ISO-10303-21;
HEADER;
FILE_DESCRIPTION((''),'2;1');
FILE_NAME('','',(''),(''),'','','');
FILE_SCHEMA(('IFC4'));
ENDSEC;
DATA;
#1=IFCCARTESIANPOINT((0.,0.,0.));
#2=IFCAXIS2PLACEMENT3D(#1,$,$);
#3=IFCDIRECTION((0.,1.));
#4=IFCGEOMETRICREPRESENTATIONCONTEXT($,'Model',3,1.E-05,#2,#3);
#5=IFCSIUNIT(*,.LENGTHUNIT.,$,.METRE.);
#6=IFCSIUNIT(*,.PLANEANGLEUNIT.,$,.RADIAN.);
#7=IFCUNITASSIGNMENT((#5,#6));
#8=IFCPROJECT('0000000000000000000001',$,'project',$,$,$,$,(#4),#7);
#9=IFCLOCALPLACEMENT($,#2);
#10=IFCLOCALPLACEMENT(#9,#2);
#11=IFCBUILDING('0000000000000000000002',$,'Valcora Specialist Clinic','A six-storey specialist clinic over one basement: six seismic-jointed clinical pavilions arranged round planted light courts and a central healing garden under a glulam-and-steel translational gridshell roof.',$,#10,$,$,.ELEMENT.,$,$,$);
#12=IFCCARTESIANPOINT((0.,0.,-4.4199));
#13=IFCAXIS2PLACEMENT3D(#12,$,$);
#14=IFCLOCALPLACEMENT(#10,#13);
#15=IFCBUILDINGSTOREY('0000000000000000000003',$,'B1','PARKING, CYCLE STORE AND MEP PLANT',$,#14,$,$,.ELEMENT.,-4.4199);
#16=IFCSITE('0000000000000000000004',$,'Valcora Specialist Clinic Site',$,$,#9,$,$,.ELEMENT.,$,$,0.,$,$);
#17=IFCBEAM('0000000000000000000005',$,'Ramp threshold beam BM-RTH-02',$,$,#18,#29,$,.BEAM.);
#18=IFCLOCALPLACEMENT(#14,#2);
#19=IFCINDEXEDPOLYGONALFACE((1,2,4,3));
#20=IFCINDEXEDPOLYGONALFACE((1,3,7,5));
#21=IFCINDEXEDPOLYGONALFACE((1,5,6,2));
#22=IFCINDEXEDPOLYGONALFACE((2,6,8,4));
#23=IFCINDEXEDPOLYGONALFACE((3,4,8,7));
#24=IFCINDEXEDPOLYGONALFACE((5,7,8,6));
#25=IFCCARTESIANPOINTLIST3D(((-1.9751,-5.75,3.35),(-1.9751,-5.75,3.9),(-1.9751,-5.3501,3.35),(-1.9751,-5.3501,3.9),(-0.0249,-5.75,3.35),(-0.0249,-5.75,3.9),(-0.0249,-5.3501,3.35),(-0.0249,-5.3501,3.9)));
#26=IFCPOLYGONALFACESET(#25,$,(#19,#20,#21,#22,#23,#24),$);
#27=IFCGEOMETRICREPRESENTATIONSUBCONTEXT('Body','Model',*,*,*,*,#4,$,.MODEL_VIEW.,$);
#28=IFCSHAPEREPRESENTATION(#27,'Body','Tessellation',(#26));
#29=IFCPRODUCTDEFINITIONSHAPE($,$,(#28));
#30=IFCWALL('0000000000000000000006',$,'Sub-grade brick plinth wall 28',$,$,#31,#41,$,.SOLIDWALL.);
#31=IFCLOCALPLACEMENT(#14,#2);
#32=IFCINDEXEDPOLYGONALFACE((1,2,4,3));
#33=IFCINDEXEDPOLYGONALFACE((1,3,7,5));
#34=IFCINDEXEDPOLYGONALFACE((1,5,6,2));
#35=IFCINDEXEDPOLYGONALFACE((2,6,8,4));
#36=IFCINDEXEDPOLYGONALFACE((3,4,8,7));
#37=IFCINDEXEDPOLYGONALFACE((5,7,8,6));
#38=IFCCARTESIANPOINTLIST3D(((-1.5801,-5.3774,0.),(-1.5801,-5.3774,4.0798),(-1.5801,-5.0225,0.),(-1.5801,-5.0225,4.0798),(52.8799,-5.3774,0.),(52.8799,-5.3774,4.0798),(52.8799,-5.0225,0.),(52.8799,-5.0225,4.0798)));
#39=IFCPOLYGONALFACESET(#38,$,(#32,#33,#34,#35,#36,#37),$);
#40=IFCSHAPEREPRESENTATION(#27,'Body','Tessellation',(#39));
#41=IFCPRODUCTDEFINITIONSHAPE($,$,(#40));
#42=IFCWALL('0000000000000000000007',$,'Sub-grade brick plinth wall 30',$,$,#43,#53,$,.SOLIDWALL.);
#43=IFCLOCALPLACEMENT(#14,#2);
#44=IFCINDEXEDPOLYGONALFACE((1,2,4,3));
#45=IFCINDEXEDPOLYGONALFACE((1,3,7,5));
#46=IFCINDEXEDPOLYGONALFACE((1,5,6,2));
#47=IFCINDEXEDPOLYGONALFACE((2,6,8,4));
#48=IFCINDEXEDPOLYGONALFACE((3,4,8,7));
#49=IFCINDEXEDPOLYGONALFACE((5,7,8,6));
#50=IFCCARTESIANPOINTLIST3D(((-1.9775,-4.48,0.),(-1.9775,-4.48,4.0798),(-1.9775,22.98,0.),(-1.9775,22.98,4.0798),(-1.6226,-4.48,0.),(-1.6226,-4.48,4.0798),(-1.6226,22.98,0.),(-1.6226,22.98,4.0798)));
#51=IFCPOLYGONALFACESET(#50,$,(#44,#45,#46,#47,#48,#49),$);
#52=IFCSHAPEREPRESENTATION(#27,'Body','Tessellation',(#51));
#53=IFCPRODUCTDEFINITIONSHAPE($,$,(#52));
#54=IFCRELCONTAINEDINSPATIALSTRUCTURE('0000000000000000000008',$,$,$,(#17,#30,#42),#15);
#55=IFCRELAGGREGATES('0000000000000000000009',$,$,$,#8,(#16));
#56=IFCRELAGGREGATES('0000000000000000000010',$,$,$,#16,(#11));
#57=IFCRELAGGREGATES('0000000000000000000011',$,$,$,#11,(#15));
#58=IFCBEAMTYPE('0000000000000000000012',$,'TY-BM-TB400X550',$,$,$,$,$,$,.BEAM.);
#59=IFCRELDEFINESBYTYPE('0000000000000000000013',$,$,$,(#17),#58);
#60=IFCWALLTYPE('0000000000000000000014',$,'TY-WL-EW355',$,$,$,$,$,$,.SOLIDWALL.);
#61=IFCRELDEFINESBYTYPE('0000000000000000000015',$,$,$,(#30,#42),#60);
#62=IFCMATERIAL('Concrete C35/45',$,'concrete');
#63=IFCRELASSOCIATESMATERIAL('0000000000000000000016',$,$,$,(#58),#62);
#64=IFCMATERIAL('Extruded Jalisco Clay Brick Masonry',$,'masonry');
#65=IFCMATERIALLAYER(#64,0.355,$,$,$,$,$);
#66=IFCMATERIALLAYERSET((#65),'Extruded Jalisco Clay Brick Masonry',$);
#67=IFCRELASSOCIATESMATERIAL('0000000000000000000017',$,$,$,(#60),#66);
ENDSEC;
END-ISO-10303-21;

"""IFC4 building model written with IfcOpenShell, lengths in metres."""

from ifc_helpers import new_model, si_unit, direction, frame, frame_2d, origin, origin_2d, place, context, subcontext, project, spatial, rectangle, extrude, material, layer, layer_set, material_profile, profile_set, type_object, element, save


model = new_model("IFC4")

# Units and contexts
model_context = context("Model", 3, precision=1e-05, world=origin(), true_north=direction((0.0, 1.0)))
body_context = subcontext(model_context, "Body", "Model", "MODEL_VIEW")
ifc_project = project(units=[si_unit("LENGTHUNIT", "METRE"), si_unit("PLANEANGLEUNIT", "RADIAN")], contexts=[model_context])

# Site, building, storey
site_placement = place(None, origin())
site = spatial("IfcSite", under=ifc_project, at=site_placement, Name="Valcora Specialist Clinic Site", CompositionType="ELEMENT", RefElevation=0.0)
building_placement = place(site_placement, origin())
building = spatial("IfcBuilding", under=site, at=building_placement, Name="Valcora Specialist Clinic", Description="A six-storey specialist clinic over one basement: six seismic-jointed clinical pavilions arranged round planted light courts and a central healing garden under a glulam-and-steel translational gridshell roof.", CompositionType="ELEMENT")
storey_placement = place(building_placement, frame((0.0, 0.0, -4.4199)))
storey = spatial("IfcBuildingStorey", under=building, at=storey_placement, Name="B1", Description="PARKING, CYCLE STORE AND MEP PLANT", CompositionType="ELEMENT", Elevation=-4.4199)

# Shared definitions
ifc_material_1 = material(Name="Concrete C35/45", Category="concrete")

# Beam
ifc_material_profile_1 = material_profile(ifc_material_1, rectangle(XDim=0.3999, YDim=0.55, at=origin_2d()), Name="RC-TB-400X550")
ifc_profile_set_1 = profile_set([ifc_material_profile_1], Name="Concrete C35/45")
beam_type = type_object("IfcBeamType", Name="TY-BM-TB400X550", PredefinedType="BEAM", material=ifc_profile_set_1)
beam_placement = place(storey_placement, frame((-1.9751, -5.55, 3.625), z_axis=(1.0, 0.0, 0.0), x_axis=(0.0, 1.0, 0.0)))
element("IfcBeam", 1, at=beam_placement, inside=storey, type_object=beam_type, Name="Ramp threshold beam BM-RTH-02", PredefinedType="BEAM", context=body_context, shape_type="SweptSolid", body=[
    extrude(rectangle(XDim=0.3999, YDim=0.55, at=origin_2d()), origin(), (0.0, 0.0, 1.0), 1.9502),
])

# Walls
ifc_material_2 = material(Name="Extruded Jalisco Clay Brick Masonry", Category="masonry")
ifc_layer = layer(ifc_material_2, 0.355)
ifc_layer_set = layer_set([ifc_layer], Name="Extruded Jalisco Clay Brick Masonry")
wall_type = type_object("IfcWallType", Name="TY-WL-EW355", PredefinedType="SOLIDWALL", material=ifc_layer_set)
wall_1_placement = place(storey_placement, frame((-1.5801, -5.2, 0.0), z_axis=(0.0, 0.0, 1.0), x_axis=(1.0, 0.0, 0.0)))
element("IfcWall", 2, at=wall_1_placement, inside=storey, type_object=wall_type, Name="Sub-grade brick plinth wall 28", PredefinedType="SOLIDWALL", context=body_context, shape_type="SweptSolid", body=[
    extrude(rectangle(XDim=54.46, YDim=0.355, at=frame_2d((27.23, 0.0))), origin(), (0.0, 0.0, 1.0), 4.0798),
])
wall_2_placement = place(storey_placement, frame((-1.8, -4.48, 0.0), z_axis=(0.0, 0.0, 1.0), x_axis=(0.0, 1.0, 0.0)))
element("IfcWall", 3, at=wall_2_placement, inside=storey, type_object=wall_type, Name="Sub-grade brick plinth wall 30", PredefinedType="SOLIDWALL", context=body_context, shape_type="SweptSolid", body=[
    extrude(rectangle(XDim=27.46, YDim=0.355, at=frame_2d((13.73, 0.0))), origin(), (0.0, 0.0, 1.0), 4.0798),
])

save(model, "model.ifc")
